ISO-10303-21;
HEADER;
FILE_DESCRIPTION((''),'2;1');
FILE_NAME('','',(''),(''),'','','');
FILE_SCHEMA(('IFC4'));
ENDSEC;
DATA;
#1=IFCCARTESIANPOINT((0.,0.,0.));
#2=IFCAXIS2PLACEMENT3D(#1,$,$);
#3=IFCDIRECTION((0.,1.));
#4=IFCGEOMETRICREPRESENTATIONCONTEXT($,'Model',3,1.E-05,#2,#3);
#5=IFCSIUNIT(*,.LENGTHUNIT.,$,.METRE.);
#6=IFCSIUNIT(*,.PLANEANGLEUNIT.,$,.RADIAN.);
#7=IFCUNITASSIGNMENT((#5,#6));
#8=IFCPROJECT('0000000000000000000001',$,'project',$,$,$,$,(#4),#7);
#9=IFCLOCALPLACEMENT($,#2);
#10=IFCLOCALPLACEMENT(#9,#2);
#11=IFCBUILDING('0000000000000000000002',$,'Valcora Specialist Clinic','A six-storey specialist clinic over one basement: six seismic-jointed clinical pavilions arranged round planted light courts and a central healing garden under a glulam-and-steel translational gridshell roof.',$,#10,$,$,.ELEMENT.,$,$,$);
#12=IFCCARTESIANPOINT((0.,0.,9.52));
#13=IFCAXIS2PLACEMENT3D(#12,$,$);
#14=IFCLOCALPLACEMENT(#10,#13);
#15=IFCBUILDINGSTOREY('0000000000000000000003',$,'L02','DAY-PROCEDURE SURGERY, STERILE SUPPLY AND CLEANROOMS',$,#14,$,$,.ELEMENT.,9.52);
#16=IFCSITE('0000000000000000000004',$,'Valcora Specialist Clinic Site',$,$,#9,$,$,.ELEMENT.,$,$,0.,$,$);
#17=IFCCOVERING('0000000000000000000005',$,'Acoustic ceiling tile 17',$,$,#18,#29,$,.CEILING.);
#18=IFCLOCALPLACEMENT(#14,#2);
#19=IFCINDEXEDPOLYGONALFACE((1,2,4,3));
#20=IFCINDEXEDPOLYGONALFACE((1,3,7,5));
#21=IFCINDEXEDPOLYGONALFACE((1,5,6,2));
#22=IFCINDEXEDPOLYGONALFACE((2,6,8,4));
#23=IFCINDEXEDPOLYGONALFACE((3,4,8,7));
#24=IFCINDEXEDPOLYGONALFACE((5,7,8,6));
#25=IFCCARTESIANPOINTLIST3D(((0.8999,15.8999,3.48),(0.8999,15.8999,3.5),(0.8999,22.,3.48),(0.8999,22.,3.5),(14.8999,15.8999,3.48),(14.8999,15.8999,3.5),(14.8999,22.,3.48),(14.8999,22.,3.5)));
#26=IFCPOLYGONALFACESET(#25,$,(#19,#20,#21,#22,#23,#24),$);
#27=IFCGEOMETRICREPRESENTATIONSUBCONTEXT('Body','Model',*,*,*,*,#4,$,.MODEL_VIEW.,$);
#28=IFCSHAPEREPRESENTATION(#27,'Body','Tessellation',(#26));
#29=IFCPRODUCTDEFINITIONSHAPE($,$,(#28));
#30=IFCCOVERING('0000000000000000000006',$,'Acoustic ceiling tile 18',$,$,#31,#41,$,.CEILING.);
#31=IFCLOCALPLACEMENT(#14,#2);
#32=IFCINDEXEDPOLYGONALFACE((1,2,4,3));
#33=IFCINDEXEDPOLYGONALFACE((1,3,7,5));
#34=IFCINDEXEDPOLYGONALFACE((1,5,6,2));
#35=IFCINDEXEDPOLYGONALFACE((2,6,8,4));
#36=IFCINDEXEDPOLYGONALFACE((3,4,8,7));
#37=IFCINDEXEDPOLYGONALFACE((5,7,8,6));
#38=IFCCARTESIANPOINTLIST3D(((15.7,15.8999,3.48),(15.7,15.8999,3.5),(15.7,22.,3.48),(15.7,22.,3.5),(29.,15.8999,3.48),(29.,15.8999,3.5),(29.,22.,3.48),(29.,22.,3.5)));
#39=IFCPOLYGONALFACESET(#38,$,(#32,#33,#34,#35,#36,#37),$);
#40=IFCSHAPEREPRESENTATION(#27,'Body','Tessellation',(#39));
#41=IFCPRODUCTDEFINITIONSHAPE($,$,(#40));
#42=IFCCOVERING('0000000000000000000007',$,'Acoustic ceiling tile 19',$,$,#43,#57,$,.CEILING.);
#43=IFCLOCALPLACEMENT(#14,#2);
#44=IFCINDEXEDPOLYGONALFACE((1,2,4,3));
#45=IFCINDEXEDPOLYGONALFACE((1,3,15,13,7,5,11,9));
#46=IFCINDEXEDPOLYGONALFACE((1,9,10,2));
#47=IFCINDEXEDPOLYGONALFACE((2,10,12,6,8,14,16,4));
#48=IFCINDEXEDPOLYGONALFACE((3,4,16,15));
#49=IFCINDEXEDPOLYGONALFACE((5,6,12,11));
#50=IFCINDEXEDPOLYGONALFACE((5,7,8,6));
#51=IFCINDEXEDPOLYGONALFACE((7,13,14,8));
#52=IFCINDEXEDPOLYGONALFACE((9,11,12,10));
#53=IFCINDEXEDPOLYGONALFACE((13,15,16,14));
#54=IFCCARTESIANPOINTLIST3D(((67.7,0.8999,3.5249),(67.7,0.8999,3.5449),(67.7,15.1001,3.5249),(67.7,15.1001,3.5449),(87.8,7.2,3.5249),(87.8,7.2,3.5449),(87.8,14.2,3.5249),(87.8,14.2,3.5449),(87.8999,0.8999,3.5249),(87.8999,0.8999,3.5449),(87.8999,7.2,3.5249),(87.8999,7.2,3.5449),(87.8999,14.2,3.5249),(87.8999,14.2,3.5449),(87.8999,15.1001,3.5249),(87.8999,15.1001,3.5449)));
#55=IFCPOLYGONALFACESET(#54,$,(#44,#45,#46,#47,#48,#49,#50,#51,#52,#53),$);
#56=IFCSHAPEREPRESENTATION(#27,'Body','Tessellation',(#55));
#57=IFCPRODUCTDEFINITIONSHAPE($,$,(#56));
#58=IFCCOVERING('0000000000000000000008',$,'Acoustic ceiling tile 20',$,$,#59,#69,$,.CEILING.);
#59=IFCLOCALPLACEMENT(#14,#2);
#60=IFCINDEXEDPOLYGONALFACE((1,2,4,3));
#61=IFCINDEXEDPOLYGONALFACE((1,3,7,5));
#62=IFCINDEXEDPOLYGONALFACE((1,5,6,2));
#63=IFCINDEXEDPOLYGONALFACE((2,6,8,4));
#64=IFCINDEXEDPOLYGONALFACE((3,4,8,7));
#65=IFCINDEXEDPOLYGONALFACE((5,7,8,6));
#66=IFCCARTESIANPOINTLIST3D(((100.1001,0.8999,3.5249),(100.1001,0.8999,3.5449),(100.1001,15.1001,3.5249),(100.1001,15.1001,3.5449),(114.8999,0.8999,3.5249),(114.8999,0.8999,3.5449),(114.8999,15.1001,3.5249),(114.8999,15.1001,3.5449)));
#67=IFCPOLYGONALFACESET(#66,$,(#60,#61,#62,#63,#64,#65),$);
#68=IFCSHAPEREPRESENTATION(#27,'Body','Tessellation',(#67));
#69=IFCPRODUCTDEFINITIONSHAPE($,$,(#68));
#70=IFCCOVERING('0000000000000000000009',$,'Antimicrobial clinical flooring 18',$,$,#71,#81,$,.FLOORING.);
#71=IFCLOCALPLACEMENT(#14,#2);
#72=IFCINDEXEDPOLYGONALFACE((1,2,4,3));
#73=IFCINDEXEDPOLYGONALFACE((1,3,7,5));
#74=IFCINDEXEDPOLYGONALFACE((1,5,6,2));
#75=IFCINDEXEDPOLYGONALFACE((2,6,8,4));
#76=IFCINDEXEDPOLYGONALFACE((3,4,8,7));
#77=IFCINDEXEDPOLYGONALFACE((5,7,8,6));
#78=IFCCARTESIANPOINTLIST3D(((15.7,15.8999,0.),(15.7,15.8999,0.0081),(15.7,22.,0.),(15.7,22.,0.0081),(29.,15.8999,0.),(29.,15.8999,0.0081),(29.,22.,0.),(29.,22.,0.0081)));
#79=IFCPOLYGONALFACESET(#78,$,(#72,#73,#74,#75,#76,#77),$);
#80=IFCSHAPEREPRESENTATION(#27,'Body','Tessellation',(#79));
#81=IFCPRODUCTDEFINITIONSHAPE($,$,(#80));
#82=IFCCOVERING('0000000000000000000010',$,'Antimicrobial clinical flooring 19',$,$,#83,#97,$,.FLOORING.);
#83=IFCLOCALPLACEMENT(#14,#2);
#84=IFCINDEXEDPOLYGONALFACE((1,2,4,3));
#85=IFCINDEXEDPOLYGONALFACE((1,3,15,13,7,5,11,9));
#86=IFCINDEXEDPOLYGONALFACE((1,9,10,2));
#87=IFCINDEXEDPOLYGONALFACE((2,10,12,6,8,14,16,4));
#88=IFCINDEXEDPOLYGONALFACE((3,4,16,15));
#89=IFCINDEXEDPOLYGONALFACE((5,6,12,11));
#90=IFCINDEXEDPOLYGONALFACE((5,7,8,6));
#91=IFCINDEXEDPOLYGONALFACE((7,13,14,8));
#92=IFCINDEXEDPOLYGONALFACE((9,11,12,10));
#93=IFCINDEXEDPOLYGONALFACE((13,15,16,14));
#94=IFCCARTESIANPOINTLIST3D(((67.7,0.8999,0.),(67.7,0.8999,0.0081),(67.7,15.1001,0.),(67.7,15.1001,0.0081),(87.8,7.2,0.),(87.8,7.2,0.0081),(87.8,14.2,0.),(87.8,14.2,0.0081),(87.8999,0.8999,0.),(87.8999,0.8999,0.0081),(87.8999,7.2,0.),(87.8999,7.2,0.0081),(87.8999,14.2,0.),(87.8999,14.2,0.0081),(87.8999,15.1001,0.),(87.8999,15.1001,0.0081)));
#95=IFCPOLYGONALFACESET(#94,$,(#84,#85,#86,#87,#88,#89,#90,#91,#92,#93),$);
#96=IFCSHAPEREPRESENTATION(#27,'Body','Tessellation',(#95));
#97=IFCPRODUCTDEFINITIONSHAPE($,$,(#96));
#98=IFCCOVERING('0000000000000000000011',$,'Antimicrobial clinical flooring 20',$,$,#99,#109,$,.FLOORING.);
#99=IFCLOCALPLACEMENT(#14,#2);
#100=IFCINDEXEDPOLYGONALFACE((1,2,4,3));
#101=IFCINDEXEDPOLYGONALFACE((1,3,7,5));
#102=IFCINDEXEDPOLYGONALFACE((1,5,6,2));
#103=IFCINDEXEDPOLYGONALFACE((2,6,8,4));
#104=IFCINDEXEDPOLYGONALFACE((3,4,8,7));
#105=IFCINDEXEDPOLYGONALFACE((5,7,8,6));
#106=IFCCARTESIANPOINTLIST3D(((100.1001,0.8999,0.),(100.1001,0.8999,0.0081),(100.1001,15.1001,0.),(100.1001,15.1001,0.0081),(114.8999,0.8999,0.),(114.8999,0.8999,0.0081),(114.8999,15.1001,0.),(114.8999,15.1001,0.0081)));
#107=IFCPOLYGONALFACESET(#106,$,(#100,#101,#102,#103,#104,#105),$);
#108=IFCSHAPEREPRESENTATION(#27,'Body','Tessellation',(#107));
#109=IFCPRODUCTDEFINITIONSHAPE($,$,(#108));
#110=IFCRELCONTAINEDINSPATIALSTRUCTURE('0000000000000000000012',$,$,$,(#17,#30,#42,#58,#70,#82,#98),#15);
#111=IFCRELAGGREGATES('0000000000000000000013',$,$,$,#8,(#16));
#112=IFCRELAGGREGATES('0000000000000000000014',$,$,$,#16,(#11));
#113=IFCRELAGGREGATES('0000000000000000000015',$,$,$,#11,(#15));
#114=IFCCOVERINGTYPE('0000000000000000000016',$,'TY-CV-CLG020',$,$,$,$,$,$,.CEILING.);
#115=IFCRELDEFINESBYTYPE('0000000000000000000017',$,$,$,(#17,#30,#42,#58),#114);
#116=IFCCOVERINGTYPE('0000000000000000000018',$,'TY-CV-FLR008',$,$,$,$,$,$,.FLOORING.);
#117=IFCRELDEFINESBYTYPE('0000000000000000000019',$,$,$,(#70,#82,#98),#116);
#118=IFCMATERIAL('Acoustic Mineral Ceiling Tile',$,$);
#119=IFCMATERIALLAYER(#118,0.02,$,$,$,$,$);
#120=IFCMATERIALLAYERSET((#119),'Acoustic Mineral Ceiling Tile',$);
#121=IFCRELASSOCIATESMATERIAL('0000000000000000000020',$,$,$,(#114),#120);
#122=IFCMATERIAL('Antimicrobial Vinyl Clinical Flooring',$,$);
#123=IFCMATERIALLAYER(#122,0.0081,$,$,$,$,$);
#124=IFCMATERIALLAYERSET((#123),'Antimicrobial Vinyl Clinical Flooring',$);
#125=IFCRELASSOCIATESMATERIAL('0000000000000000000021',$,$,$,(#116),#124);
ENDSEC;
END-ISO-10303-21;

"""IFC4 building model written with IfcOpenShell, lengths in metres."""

from ifc_helpers import new_model, si_unit, direction, frame, origin, place, context, subcontext, project, spatial, polyline, outline, extrude, material, layer, layer_set, type_object, element, save


model = new_model("IFC4")

# Units and contexts
model_context = context("Model", 3, precision=1e-05, world=origin(), true_north=direction((0.0, 1.0)))
body_context = subcontext(model_context, "Body", "Model", "MODEL_VIEW")
ifc_project = project(units=[si_unit("LENGTHUNIT", "METRE"), si_unit("PLANEANGLEUNIT", "RADIAN")], contexts=[model_context])

# Site, building, storey
site_placement = place(None, origin())
site = spatial("IfcSite", under=ifc_project, at=site_placement, Name="Valcora Specialist Clinic Site", CompositionType="ELEMENT", RefElevation=0.0)
building_placement = place(site_placement, origin())
building = spatial("IfcBuilding", under=site, at=building_placement, Name="Valcora Specialist Clinic", Description="A six-storey specialist clinic over one basement: six seismic-jointed clinical pavilions arranged round planted light courts and a central healing garden under a glulam-and-steel translational gridshell roof.", CompositionType="ELEMENT")
storey_placement = place(building_placement, frame((0.0, 0.0, 9.52)))
storey = spatial("IfcBuildingStorey", under=building, at=storey_placement, Name="L02", Description="DAY-PROCEDURE SURGERY, STERILE SUPPLY AND CLEANROOMS", CompositionType="ELEMENT", Elevation=9.52)

# Coverings
ifc_material_1 = material(Name="Acoustic Mineral Ceiling Tile")
ifc_layer_1 = layer(ifc_material_1, 0.02)
ifc_layer_set_1 = layer_set([ifc_layer_1], Name="Acoustic Mineral Ceiling Tile")
covering_type_1 = type_object("IfcCoveringType", Name="TY-CV-CLG020", PredefinedType="CEILING", material=ifc_layer_set_1)
covering_1_placement = place(storey_placement, frame((0.0, 0.0, 3.48)))
element("IfcCovering", 1, at=covering_1_placement, inside=storey, type_object=covering_type_1, Name="Acoustic ceiling tile 17", PredefinedType="CEILING", context=body_context, shape_type="SweptSolid", body=[
    extrude(outline(polyline([(0.8999, 22.0), (14.8999, 22.0), (14.8999, 15.8999), (0.8999, 15.8999), (0.8999, 22.0)])), origin(), (0.0, 0.0, 1.0), 0.02),
])
covering_2_placement = place(storey_placement, frame((0.0, 0.0, 3.48)))
element("IfcCovering", 2, at=covering_2_placement, inside=storey, type_object=covering_type_1, Name="Acoustic ceiling tile 18", PredefinedType="CEILING", context=body_context, shape_type="SweptSolid", body=[
    extrude(outline(polyline([(29.0, 22.0), (29.0, 15.8999), (15.7, 15.8999), (15.7, 22.0), (29.0, 22.0)])), origin(), (0.0, 0.0, 1.0), 0.02),
])
covering_3_placement = place(storey_placement, frame((0.0, 0.0, 3.5249)))
element("IfcCovering", 3, at=covering_3_placement, inside=storey, type_object=covering_type_1, Name="Acoustic ceiling tile 19", PredefinedType="CEILING", context=body_context, shape_type="SweptSolid", body=[
    extrude(outline(polyline([(67.7, 15.1001), (87.8999, 15.1001), (87.8999, 14.2), (87.8, 14.2), (87.8, 7.2), (87.8999, 7.2), (87.8999, 0.8999), (67.7, 0.8999), (67.7, 15.1001)])), origin(), (0.0, 0.0, 1.0), 0.02),
])
covering_4_placement = place(storey_placement, frame((0.0, 0.0, 3.5249)))
element("IfcCovering", 4, at=covering_4_placement, inside=storey, type_object=covering_type_1, Name="Acoustic ceiling tile 20", PredefinedType="CEILING", context=body_context, shape_type="SweptSolid", body=[
    extrude(outline(polyline([(114.8999, 15.1001), (114.8999, 0.8999), (100.1001, 0.8999), (100.1001, 15.1001), (114.8999, 15.1001)])), origin(), (0.0, 0.0, 1.0), 0.02),
])
ifc_material_2 = material(Name="Antimicrobial Vinyl Clinical Flooring")
ifc_layer_2 = layer(ifc_material_2, 0.0081)
ifc_layer_set_2 = layer_set([ifc_layer_2], Name="Antimicrobial Vinyl Clinical Flooring")
covering_type_2 = type_object("IfcCoveringType", Name="TY-CV-FLR008", PredefinedType="FLOORING", material=ifc_layer_set_2)
covering_5_placement = place(storey_placement, origin())
element("IfcCovering", 5, at=covering_5_placement, inside=storey, type_object=covering_type_2, Name="Antimicrobial clinical flooring 18", PredefinedType="FLOORING", context=body_context, shape_type="SweptSolid", body=[
    extrude(outline(polyline([(29.0, 22.0), (29.0, 15.8999), (15.7, 15.8999), (15.7, 22.0), (29.0, 22.0)])), origin(), (0.0, 0.0, 1.0), 0.0081),
])
covering_6_placement = place(storey_placement, origin())
element("IfcCovering", 6, at=covering_6_placement, inside=storey, type_object=covering_type_2, Name="Antimicrobial clinical flooring 19", PredefinedType="FLOORING", context=body_context, shape_type="SweptSolid", body=[
    extrude(outline(polyline([(67.7, 15.1001), (87.8999, 15.1001), (87.8999, 14.2), (87.8, 14.2), (87.8, 7.2), (87.8999, 7.2), (87.8999, 0.8999), (67.7, 0.8999), (67.7, 15.1001)])), origin(), (0.0, 0.0, 1.0), 0.0081),
])
covering_7_placement = place(storey_placement, origin())
element("IfcCovering", 7, at=covering_7_placement, inside=storey, type_object=covering_type_2, Name="Antimicrobial clinical flooring 20", PredefinedType="FLOORING", context=body_context, shape_type="SweptSolid", body=[
    extrude(outline(polyline([(114.8999, 15.1001), (114.8999, 0.8999), (100.1001, 0.8999), (100.1001, 15.1001), (114.8999, 15.1001)])), origin(), (0.0, 0.0, 1.0), 0.0081),
])

save(model, "model.ifc")
